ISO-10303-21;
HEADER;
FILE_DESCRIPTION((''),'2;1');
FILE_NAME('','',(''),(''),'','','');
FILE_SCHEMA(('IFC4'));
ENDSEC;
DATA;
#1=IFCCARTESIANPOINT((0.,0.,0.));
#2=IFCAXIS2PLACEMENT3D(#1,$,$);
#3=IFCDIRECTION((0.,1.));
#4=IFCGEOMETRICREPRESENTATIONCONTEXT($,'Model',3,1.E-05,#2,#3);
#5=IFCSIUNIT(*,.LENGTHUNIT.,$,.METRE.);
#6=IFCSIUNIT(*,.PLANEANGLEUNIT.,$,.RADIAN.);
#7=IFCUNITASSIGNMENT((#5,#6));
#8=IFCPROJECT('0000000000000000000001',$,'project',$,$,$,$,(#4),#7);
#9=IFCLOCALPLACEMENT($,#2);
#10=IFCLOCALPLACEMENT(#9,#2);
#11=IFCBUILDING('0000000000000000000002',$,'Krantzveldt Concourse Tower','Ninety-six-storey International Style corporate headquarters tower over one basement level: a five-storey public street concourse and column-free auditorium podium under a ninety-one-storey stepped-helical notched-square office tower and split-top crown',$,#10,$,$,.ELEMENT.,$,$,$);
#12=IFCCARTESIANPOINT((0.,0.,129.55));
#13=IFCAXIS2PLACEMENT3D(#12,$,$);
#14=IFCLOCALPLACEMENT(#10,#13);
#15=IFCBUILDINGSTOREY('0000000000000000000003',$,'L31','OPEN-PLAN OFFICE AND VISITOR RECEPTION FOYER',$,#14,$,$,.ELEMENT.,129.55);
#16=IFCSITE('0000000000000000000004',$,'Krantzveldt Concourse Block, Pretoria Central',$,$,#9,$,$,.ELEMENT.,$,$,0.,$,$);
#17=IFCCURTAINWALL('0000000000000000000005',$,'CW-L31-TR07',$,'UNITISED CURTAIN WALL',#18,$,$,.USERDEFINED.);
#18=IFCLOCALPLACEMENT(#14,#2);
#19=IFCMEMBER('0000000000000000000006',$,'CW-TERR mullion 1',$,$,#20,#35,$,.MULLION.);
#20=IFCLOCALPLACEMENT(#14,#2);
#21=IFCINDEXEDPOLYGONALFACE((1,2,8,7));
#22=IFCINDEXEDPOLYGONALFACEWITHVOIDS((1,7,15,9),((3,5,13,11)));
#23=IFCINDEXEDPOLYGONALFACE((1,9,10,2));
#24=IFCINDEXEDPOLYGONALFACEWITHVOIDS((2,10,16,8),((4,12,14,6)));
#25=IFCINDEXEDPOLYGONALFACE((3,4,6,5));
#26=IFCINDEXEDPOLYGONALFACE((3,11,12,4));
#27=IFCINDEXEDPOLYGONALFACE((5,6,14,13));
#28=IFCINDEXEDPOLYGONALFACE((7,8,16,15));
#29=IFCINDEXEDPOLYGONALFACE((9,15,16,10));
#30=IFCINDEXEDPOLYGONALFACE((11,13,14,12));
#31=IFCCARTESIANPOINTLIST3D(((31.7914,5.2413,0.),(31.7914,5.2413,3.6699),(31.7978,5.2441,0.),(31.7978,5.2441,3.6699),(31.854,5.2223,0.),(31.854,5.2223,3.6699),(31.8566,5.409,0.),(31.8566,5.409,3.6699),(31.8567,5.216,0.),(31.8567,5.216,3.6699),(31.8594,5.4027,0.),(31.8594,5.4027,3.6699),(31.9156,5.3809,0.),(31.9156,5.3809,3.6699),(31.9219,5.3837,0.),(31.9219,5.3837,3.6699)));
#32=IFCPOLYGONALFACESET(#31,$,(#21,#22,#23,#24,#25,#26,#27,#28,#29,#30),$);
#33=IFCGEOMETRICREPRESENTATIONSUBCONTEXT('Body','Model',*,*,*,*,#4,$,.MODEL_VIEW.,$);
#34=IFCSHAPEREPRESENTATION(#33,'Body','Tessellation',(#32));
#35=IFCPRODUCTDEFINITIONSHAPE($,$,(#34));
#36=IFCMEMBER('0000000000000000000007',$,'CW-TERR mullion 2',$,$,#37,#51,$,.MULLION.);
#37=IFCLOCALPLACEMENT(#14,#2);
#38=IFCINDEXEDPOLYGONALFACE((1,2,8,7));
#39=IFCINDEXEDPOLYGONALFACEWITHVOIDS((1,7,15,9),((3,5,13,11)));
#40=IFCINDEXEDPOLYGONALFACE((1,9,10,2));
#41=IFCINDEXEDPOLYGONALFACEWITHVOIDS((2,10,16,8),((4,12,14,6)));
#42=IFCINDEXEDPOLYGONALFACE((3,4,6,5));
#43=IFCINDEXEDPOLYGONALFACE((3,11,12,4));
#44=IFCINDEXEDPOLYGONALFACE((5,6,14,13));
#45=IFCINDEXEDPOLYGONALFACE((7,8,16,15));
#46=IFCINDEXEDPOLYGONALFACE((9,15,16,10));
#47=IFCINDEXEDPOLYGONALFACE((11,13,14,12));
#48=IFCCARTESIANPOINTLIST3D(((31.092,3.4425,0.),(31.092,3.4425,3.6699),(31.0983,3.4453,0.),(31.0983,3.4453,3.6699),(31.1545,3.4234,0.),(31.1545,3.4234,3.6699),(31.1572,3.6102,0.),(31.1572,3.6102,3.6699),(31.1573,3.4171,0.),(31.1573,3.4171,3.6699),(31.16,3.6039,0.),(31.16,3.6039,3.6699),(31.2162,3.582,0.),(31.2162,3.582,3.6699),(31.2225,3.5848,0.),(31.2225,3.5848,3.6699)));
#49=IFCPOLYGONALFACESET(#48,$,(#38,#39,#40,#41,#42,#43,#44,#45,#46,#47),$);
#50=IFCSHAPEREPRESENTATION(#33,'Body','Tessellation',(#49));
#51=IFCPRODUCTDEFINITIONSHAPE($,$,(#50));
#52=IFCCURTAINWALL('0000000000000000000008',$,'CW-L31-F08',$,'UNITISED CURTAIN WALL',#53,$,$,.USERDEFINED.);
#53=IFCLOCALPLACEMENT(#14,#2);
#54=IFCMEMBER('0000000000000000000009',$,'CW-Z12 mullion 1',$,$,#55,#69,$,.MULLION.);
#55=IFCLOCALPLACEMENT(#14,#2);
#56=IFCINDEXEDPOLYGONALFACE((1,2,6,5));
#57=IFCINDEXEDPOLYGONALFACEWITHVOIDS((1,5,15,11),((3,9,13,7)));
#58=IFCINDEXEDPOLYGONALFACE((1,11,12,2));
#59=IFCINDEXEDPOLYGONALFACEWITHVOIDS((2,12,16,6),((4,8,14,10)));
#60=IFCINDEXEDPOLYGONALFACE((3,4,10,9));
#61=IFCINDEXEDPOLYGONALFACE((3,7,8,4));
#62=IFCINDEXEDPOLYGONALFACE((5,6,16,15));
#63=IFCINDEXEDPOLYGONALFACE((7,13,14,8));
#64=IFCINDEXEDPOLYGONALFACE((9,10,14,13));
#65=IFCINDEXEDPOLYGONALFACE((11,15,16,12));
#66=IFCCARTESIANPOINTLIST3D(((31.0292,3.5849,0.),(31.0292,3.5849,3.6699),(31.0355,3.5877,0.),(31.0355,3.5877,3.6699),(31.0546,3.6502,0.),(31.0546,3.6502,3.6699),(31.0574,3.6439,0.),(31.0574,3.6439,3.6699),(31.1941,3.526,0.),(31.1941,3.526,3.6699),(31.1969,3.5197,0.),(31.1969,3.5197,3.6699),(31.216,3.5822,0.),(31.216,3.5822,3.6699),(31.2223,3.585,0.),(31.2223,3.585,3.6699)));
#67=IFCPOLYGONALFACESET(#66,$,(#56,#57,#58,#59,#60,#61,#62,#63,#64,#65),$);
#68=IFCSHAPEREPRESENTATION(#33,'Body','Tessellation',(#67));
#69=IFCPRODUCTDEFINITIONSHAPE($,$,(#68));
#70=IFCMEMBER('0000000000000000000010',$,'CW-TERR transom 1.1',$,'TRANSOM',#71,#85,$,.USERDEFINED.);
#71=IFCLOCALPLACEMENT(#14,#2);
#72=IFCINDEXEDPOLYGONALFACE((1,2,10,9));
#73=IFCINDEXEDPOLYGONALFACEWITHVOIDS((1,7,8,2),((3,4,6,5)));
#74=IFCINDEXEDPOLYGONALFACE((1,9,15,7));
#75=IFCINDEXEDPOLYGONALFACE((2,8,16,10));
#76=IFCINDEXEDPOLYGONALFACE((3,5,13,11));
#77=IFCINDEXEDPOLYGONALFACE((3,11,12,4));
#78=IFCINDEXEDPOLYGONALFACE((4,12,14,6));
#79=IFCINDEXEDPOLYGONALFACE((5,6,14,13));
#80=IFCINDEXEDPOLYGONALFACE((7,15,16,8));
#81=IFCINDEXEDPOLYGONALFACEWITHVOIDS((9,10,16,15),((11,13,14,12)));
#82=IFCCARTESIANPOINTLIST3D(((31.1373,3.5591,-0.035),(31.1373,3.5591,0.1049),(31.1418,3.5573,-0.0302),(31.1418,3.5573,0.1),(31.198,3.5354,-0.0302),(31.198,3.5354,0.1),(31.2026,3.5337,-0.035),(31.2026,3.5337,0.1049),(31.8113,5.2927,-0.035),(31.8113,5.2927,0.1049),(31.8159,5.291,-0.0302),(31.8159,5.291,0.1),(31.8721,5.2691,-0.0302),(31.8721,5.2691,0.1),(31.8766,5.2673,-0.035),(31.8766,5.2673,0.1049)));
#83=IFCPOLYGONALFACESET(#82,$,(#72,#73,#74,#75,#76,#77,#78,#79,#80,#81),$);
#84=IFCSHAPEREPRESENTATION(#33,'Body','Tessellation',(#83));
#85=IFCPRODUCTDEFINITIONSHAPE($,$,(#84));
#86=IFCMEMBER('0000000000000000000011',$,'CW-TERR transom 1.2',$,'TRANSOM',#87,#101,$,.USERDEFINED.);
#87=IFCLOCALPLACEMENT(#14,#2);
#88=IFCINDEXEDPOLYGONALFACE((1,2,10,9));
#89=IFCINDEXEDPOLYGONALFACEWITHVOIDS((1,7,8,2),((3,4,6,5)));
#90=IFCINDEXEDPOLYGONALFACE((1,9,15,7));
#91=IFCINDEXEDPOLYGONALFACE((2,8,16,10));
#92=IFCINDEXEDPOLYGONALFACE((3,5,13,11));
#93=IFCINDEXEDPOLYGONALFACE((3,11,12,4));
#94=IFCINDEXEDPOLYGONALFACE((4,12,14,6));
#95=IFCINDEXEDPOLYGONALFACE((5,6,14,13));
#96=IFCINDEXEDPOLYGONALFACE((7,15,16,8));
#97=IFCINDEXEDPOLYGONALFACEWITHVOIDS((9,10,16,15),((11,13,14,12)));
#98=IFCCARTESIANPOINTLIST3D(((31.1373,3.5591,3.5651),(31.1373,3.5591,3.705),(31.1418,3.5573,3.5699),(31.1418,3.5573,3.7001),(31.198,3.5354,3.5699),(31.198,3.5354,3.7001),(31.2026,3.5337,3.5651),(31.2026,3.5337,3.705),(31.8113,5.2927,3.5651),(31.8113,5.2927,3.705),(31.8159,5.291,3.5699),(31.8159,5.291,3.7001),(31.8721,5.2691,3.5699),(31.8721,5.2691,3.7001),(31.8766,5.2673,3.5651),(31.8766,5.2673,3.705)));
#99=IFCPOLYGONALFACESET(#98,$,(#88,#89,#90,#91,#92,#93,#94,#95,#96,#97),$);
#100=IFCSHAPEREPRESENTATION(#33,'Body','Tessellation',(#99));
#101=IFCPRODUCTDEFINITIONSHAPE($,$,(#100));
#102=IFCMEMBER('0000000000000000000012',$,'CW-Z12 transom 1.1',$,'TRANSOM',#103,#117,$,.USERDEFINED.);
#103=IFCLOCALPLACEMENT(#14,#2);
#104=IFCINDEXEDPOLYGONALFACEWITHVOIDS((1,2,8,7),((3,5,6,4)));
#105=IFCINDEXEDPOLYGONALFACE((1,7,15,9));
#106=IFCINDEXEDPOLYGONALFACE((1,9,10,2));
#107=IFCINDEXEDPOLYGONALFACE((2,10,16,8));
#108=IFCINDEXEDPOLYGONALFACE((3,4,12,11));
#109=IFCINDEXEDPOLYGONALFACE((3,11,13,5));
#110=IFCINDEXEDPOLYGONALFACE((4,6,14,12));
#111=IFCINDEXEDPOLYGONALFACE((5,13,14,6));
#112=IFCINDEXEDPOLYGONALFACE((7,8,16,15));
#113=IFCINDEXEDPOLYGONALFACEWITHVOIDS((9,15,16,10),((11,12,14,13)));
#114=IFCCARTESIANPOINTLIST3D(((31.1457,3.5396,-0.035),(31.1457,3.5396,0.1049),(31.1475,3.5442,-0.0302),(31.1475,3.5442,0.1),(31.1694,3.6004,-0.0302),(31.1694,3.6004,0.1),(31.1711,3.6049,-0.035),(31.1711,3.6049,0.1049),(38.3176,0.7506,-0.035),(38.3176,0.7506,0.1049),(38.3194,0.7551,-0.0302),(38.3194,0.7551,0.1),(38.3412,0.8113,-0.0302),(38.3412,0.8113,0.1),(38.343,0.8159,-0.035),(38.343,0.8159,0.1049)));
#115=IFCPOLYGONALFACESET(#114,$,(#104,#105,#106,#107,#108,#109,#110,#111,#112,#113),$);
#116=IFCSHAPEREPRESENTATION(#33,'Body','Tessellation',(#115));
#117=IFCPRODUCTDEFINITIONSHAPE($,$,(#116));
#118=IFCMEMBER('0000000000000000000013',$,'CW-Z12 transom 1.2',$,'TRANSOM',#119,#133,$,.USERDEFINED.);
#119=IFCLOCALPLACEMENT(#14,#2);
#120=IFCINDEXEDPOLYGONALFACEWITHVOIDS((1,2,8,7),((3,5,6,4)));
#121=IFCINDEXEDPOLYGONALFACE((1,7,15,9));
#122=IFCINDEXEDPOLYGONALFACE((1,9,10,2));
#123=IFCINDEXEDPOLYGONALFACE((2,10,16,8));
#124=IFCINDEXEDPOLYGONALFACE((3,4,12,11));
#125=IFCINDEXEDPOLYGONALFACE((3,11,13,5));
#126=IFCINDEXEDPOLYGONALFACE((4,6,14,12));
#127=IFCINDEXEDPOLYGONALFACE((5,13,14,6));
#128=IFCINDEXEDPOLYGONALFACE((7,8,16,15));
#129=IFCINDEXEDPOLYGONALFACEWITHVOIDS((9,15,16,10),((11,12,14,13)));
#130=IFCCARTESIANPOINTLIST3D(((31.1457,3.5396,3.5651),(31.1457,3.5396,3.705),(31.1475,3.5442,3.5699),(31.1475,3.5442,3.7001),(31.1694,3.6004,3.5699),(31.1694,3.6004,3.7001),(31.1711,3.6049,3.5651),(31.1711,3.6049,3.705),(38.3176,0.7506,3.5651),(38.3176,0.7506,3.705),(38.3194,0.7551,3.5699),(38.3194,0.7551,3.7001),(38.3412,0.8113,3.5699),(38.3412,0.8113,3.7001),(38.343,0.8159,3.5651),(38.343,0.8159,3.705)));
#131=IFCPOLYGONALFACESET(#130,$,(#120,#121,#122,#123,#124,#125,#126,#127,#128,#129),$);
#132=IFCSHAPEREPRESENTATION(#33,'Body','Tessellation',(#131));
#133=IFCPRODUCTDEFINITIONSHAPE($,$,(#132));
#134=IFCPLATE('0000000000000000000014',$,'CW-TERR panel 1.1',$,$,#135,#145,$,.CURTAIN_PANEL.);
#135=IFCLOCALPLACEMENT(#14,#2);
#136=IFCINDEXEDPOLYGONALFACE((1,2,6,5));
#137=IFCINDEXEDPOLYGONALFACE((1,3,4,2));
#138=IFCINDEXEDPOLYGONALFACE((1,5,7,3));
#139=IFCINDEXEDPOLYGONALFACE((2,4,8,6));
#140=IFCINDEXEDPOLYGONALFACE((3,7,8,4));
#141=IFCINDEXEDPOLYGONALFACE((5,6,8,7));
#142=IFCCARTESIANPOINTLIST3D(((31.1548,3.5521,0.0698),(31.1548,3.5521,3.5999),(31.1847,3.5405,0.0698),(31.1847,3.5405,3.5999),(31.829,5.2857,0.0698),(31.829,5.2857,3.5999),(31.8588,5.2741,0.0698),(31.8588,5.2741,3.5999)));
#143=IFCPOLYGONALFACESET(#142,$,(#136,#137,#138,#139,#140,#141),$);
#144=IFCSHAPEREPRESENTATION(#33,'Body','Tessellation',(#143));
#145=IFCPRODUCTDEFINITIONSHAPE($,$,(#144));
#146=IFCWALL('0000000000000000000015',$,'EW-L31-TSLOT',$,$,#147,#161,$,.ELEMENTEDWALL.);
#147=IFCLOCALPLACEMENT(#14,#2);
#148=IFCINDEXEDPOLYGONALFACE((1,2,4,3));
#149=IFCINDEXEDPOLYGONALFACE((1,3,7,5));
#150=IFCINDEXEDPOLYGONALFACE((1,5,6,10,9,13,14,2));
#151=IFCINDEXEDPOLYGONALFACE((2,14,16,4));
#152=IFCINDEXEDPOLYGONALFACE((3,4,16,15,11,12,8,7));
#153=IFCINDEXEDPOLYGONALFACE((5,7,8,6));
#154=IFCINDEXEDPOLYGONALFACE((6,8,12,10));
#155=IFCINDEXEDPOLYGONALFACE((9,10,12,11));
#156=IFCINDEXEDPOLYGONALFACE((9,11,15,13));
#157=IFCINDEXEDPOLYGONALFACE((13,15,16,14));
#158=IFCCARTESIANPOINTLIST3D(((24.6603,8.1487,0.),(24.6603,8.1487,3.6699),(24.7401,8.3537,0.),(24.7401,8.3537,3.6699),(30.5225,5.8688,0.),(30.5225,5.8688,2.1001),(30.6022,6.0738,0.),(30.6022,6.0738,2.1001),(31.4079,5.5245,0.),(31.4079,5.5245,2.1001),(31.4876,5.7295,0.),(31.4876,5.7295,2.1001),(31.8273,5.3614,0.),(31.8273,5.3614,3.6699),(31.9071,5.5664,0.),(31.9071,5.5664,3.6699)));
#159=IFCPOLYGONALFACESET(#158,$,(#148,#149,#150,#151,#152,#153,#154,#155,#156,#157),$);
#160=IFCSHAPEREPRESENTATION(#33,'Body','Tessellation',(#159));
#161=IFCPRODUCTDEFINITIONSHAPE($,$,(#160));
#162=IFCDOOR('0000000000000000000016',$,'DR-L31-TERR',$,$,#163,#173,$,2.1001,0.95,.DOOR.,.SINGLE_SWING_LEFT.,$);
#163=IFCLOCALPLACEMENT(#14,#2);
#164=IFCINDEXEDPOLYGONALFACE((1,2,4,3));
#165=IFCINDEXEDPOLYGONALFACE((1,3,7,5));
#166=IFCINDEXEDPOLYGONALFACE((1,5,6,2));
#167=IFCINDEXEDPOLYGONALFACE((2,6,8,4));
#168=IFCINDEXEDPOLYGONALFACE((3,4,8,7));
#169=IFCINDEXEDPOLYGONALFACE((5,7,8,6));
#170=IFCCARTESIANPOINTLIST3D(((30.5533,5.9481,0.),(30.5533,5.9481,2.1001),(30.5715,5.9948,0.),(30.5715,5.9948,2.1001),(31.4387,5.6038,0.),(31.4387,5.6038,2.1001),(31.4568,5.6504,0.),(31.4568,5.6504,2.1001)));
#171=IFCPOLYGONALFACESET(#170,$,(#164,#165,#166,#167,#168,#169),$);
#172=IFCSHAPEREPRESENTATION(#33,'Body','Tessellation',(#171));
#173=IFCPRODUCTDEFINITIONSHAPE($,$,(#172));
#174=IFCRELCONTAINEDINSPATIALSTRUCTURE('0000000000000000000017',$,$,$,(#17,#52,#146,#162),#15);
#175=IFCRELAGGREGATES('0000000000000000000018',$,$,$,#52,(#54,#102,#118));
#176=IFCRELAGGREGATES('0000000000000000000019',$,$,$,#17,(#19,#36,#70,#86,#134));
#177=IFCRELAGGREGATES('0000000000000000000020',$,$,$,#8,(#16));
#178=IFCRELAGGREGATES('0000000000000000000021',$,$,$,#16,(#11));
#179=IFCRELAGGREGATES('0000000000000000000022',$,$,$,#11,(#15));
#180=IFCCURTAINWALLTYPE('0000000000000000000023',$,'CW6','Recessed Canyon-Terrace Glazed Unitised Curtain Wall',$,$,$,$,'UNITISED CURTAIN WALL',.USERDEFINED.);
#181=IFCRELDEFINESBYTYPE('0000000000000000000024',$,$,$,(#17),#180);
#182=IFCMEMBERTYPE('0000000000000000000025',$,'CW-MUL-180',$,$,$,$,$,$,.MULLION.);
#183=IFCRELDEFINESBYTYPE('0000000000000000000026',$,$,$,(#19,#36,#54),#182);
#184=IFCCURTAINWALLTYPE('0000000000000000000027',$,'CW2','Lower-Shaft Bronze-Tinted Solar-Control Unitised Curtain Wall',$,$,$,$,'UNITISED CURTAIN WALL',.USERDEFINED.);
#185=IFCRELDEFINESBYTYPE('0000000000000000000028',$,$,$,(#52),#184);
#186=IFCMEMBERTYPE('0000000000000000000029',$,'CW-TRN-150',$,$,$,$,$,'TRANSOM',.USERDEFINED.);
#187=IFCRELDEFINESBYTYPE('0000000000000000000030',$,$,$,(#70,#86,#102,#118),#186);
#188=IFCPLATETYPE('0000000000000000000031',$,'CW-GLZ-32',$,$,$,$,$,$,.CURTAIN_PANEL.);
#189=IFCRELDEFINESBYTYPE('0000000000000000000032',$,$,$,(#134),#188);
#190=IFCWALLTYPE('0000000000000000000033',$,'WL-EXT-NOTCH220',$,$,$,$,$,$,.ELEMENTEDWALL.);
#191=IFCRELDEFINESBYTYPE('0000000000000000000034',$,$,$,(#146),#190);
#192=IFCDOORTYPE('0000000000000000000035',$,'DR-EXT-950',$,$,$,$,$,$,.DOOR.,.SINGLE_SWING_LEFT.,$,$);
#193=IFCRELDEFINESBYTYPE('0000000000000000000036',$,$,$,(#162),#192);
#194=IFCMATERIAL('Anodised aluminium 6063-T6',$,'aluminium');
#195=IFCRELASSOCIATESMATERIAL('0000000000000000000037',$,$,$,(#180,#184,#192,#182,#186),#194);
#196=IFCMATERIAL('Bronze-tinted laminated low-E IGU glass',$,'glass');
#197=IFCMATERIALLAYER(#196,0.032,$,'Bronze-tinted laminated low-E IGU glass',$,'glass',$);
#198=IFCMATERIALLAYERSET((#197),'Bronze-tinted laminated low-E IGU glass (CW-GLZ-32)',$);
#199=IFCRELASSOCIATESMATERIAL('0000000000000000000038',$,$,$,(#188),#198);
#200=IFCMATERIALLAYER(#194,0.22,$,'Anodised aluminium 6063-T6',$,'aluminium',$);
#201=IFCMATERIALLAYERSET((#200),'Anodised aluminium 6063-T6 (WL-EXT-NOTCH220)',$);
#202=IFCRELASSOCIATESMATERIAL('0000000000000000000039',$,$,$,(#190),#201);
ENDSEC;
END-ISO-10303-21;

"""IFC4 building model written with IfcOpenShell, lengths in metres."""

from ifc_helpers import new_model, si_unit, direction, frame, frame_2d, origin, origin_2d, place, context, subcontext, project, spatial, rectangle, hollow_rectangle, extrude, source, transform, mapped, material, layer, layer_set, material_profile, profile_set, type_object, type_shapes, element, fill, aggregate, save


model = new_model("IFC4")

# Units and contexts
model_context = context("Model", 3, precision=1e-05, world=origin(), true_north=direction((0.0, 1.0)))
body_context = subcontext(model_context, "Body", "Model", "MODEL_VIEW")
ifc_project = project(units=[si_unit("LENGTHUNIT", "METRE"), si_unit("PLANEANGLEUNIT", "RADIAN")], contexts=[model_context])

# Site, building, storey
site_placement = place(None, origin())
site = spatial("IfcSite", under=ifc_project, at=site_placement, Name="Krantzveldt Concourse Block, Pretoria Central", CompositionType="ELEMENT", RefElevation=0.0)
building_placement = place(site_placement, origin())
building = spatial("IfcBuilding", under=site, at=building_placement, Name="Krantzveldt Concourse Tower", Description="Ninety-six-storey International Style corporate headquarters tower over one basement level: a five-storey public street concourse and column-free auditorium podium under a ninety-one-storey stepped-helical notched-square office tower and split-top crown", CompositionType="ELEMENT")
storey_placement = place(building_placement, frame((0.0, 0.0, 129.55)))
storey = spatial("IfcBuildingStorey", under=building, at=storey_placement, Name="L31", Description="OPEN-PLAN OFFICE AND VISITOR RECEPTION FOYER", CompositionType="ELEMENT", Elevation=129.55)

# Curtain wall, members
ifc_material_1 = material(Name="Anodised aluminium 6063-T6", Category="aluminium")
curtain_wall_type_1 = type_object("IfcCurtainWallType", Name="CW6", Description="Recessed Canyon-Terrace Glazed Unitised Curtain Wall", ElementType="UNITISED CURTAIN WALL", PredefinedType="USERDEFINED", material=ifc_material_1)
curtain_wall_1_placement = place(storey_placement, origin())
curtain_wall_1 = element("IfcCurtainWall", 1, at=curtain_wall_1_placement, inside=storey, type_object=curtain_wall_type_1, Name="CW-L31-TR07", ObjectType="UNITISED CURTAIN WALL", PredefinedType="USERDEFINED")
ifc_material_profile_1 = material_profile(ifc_material_1, hollow_rectangle(XDim=0.0701, YDim=0.1799, WallThickness=0.0049, at=origin_2d()), Name="Anodised aluminium 6063-T6", Category="aluminium")
ifc_profile_set_1 = profile_set([ifc_material_profile_1], Name="Anodised aluminium 6063-T6 - ALU-MULL 180x70x5")
member_type_1 = type_object("IfcMemberType", Name="CW-MUL-180", PredefinedType="MULLION", material=ifc_profile_set_1)
shared_shape_1 = source(origin(), body_context, "Body", "SweptSolid", [
    extrude(hollow_rectangle(XDim=0.0701, YDim=0.1799, WallThickness=0.0049, at=origin_2d()), origin(), (0.0, 0.0, 1.0), 3.6699),
])
type_shapes(member_type_1, [shared_shape_1])
member_1_placement = place(storey_placement, frame((31.8567, 5.3125, 0.0), z_axis=(0.0, 0.0, 1.0), x_axis=(0.932007, -0.362439, 0.0)))
member_1 = element("IfcMember", 2, at=member_1_placement, type_object=member_type_1, Name="CW-TERR mullion 1", PredefinedType="MULLION", context=body_context, shape_type="MappedRepresentation", body=[
    mapped(shared_shape_1, transform((0.0, 0.0, 0.0), x_axis=(1.0, 0.0, 0.0), y_axis=(0.0, 1.0, 0.0), z_axis=(0.0, 0.0, 1.0), scale=1.0)),
])
member_2_placement = place(storey_placement, frame((31.1572, 3.5137, 0.0), z_axis=(0.0, 0.0, 1.0), x_axis=(0.932007, -0.362439, 0.0)))
member_2 = element("IfcMember", 3, at=member_2_placement, type_object=member_type_1, Name="CW-TERR mullion 2", PredefinedType="MULLION", context=body_context, shape_type="MappedRepresentation", body=[
    mapped(shared_shape_1, transform((0.0, 0.0, 0.0), x_axis=(1.0, 0.0, 0.0), y_axis=(0.0, 1.0, 0.0), z_axis=(0.0, 0.0, 1.0), scale=1.0)),
])

# Curtain wall, member
curtain_wall_type_2 = type_object("IfcCurtainWallType", Name="CW2", Description="Lower-Shaft Bronze-Tinted Solar-Control Unitised Curtain Wall", ElementType="UNITISED CURTAIN WALL", PredefinedType="USERDEFINED", material=ifc_material_1)
curtain_wall_2_placement = place(storey_placement, origin())
curtain_wall_2 = element("IfcCurtainWall", 4, at=curtain_wall_2_placement, inside=storey, type_object=curtain_wall_type_2, Name="CW-L31-F08", ObjectType="UNITISED CURTAIN WALL", PredefinedType="USERDEFINED")
member_3_placement = place(storey_placement, frame((31.1257, 3.585, 0.0), z_axis=(0.0, 0.0, 1.0), x_axis=(0.362438, 0.932008, 0.0)))
member_3 = element("IfcMember", 5, at=member_3_placement, type_object=member_type_1, Name="CW-Z12 mullion 1", PredefinedType="MULLION", context=body_context, shape_type="MappedRepresentation", body=[
    mapped(shared_shape_1, transform((0.0, 0.0, 0.0), x_axis=(1.0, 0.0, 0.0), y_axis=(0.0, 1.0, 0.0), z_axis=(0.0, 0.0, 1.0), scale=1.0)),
])

# Members
ifc_material_profile_2 = material_profile(ifc_material_1, hollow_rectangle(XDim=0.0701, YDim=0.1399, WallThickness=0.0049, at=origin_2d()), Name="Anodised aluminium 6063-T6", Category="aluminium")
ifc_profile_set_2 = profile_set([ifc_material_profile_2], Name="Anodised aluminium 6063-T6 - ALU-TRAN 140x70x5")
member_type_2 = type_object("IfcMemberType", Name="CW-TRN-150", ElementType="TRANSOM", PredefinedType="USERDEFINED", material=ifc_profile_set_2)
shared_shape_2 = source(origin(), body_context, "Body", "SweptSolid", [
    extrude(hollow_rectangle(XDim=0.0701, YDim=0.1399, WallThickness=0.0049, at=origin_2d()), origin(), (0.0, 0.0, 1.0), 1.8601),
])
member_4_placement = place(storey_placement, frame((31.844, 5.28, 0.0349), z_axis=(-0.362389, -0.932027, 0.0), x_axis=(0.932027, -0.362389, 0.0)))
member_4 = element("IfcMember", 6, at=member_4_placement, type_object=member_type_2, Name="CW-TERR transom 1.1", ObjectType="TRANSOM", PredefinedType="USERDEFINED", context=body_context, shape_type="MappedRepresentation", body=[
    mapped(shared_shape_2, transform((0.0, 0.0, 0.0), x_axis=(1.0, 0.0, 0.0), y_axis=(0.0, 1.0, 0.0), z_axis=(0.0, 0.0, 1.0), scale=1.0)),
])
member_5_placement = place(storey_placement, frame((31.844, 5.28, 3.635), z_axis=(-0.362389, -0.932027, 0.0), x_axis=(0.932027, -0.362389, 0.0)))
member_5 = element("IfcMember", 7, at=member_5_placement, type_object=member_type_2, Name="CW-TERR transom 1.2", ObjectType="TRANSOM", PredefinedType="USERDEFINED", context=body_context, shape_type="MappedRepresentation", body=[
    mapped(shared_shape_2, transform((0.0, 0.0, 0.0), x_axis=(1.0, 0.0, 0.0), y_axis=(0.0, 1.0, 0.0), z_axis=(0.0, 0.0, 1.0), scale=1.0)),
])
shared_shape_3 = source(origin(), body_context, "Body", "SweptSolid", [
    extrude(hollow_rectangle(XDim=0.0701, YDim=0.1399, WallThickness=0.0049, at=origin_2d()), origin(), (0.0, 0.0, 1.0), 7.6951),
])
type_shapes(member_type_2, [shared_shape_2, shared_shape_3])
member_6_placement = place(storey_placement, frame((31.1584, 3.5723, 0.0349), z_axis=(0.932005, -0.362446, 0.0), x_axis=(0.362446, 0.932005, 0.0)))
member_6 = element("IfcMember", 8, at=member_6_placement, type_object=member_type_2, Name="CW-Z12 transom 1.1", ObjectType="TRANSOM", PredefinedType="USERDEFINED", context=body_context, shape_type="MappedRepresentation", body=[
    mapped(shared_shape_3, transform((0.0, 0.0, 0.0), x_axis=(1.0, 0.0, 0.0), y_axis=(0.0, 1.0, 0.0), z_axis=(0.0, 0.0, 1.0), scale=1.0)),
])
member_7_placement = place(storey_placement, frame((31.1584, 3.5723, 3.635), z_axis=(0.932005, -0.362446, 0.0), x_axis=(0.362446, 0.932005, 0.0)))
member_7 = element("IfcMember", 9, at=member_7_placement, type_object=member_type_2, Name="CW-Z12 transom 1.2", ObjectType="TRANSOM", PredefinedType="USERDEFINED", context=body_context, shape_type="MappedRepresentation", body=[
    mapped(shared_shape_3, transform((0.0, 0.0, 0.0), x_axis=(1.0, 0.0, 0.0), y_axis=(0.0, 1.0, 0.0), z_axis=(0.0, 0.0, 1.0), scale=1.0)),
])
aggregate(curtain_wall_2, [member_3, member_6, member_7])

# Plate
ifc_material_2 = material(Name="Bronze-tinted laminated low-E IGU glass", Category="glass")
ifc_layer_1 = layer(ifc_material_2, 0.032, Name="Bronze-tinted laminated low-E IGU glass", Category="glass")
ifc_layer_set_1 = layer_set([ifc_layer_1], Name="Bronze-tinted laminated low-E IGU glass (CW-GLZ-32)")
plate_type = type_object("IfcPlateType", Name="CW-GLZ-32", PredefinedType="CURTAIN_PANEL", material=ifc_layer_set_1)
shared_shape_4 = source(origin(), body_context, "Body", "SweptSolid", [
    extrude(rectangle(XDim=1.8601, YDim=0.032, at=origin_2d()), origin(), (0.0, 0.0, 1.0), 3.53),
])
type_shapes(plate_type, [shared_shape_4])
plate_placement = place(storey_placement, frame((31.5068, 4.4131, 0.0698), z_axis=(0.0, 0.0, 1.0), x_axis=(-0.362439, -0.932007, 0.0)))
plate = element("IfcPlate", 10, at=plate_placement, type_object=plate_type, Name="CW-TERR panel 1.1", PredefinedType="CURTAIN_PANEL", context=body_context, shape_type="MappedRepresentation", body=[
    mapped(shared_shape_4, transform((0.0, 0.0, 0.0), x_axis=(1.0, 0.0, 0.0), y_axis=(0.0, 1.0, 0.0), z_axis=(0.0, 0.0, 1.0), scale=1.0)),
])
aggregate(curtain_wall_1, [member_1, member_2, member_4, member_5, plate])

# Wall, opening, door
ifc_layer_2 = layer(ifc_material_1, 0.22, Name="Anodised aluminium 6063-T6", Category="aluminium")
ifc_layer_set_2 = layer_set([ifc_layer_2], Name="Anodised aluminium 6063-T6 (WL-EXT-NOTCH220)")
wall_type_1 = type_object("IfcWallType", Name="WL-EXT-NOTCH220", PredefinedType="ELEMENTEDWALL", material=ifc_layer_set_2)
wall_1_placement = place(storey_placement, frame((31.8672, 5.4639, 0.0), z_axis=(0.0, 0.0, 1.0), x_axis=(-0.931996, 0.362468, 0.0)))
wall_1 = element("IfcWall", 11, at=wall_1_placement, inside=storey, type_object=wall_type_1, Name="EW-L31-TSLOT", PredefinedType="ELEMENTEDWALL", context=body_context, shape_type="SweptSolid", body=[
    extrude(rectangle(XDim=7.6899, YDim=0.22, at=frame_2d((3.845, 0.0))), origin(), (0.0, 0.0, 1.0), 3.6699),
])
opening_1_placement = place(wall_1_placement, frame((0.45, 0.0, 0.0)))
opening_1 = element("IfcOpeningElement", 12, at=opening_1_placement, cuts=wall_1, PredefinedType="OPENING", context=body_context, shape_type="SweptSolid", body=[
    extrude(rectangle(XDim=0.95, YDim=2.1001, at=frame_2d((0.4751, 1.05))), frame((0.0, 0.1201, 0.0), z_axis=(0.0, -1.0, 0.0), x_axis=(1.0, 0.0, 0.0)), (0.0, 0.0, 1.0), 0.24),
])
door_type_1 = type_object("IfcDoorType", Name="DR-EXT-950", OperationType="SINGLE_SWING_LEFT", PredefinedType="DOOR", material=ifc_material_1)
door_1_placement = place(opening_1_placement, origin())
door_1 = element("IfcDoor", 13, at=door_1_placement, inside=storey, type_object=door_type_1, Name="DR-L31-TERR", OperationType="SINGLE_SWING_LEFT", OverallHeight=2.1001, OverallWidth=0.95, PredefinedType="DOOR", context=body_context, shape_type="SweptSolid", body=[
    extrude(rectangle(XDim=0.95, YDim=2.1001, at=frame_2d((0.4751, 1.05))), frame((0.0, 0.0249, 0.0), z_axis=(0.0, -1.0, 0.0), x_axis=(1.0, 0.0, 0.0)), (0.0, 0.0, 1.0), 0.05),
])
fill(opening_1, door_1)

save(model, "model.ifc")
